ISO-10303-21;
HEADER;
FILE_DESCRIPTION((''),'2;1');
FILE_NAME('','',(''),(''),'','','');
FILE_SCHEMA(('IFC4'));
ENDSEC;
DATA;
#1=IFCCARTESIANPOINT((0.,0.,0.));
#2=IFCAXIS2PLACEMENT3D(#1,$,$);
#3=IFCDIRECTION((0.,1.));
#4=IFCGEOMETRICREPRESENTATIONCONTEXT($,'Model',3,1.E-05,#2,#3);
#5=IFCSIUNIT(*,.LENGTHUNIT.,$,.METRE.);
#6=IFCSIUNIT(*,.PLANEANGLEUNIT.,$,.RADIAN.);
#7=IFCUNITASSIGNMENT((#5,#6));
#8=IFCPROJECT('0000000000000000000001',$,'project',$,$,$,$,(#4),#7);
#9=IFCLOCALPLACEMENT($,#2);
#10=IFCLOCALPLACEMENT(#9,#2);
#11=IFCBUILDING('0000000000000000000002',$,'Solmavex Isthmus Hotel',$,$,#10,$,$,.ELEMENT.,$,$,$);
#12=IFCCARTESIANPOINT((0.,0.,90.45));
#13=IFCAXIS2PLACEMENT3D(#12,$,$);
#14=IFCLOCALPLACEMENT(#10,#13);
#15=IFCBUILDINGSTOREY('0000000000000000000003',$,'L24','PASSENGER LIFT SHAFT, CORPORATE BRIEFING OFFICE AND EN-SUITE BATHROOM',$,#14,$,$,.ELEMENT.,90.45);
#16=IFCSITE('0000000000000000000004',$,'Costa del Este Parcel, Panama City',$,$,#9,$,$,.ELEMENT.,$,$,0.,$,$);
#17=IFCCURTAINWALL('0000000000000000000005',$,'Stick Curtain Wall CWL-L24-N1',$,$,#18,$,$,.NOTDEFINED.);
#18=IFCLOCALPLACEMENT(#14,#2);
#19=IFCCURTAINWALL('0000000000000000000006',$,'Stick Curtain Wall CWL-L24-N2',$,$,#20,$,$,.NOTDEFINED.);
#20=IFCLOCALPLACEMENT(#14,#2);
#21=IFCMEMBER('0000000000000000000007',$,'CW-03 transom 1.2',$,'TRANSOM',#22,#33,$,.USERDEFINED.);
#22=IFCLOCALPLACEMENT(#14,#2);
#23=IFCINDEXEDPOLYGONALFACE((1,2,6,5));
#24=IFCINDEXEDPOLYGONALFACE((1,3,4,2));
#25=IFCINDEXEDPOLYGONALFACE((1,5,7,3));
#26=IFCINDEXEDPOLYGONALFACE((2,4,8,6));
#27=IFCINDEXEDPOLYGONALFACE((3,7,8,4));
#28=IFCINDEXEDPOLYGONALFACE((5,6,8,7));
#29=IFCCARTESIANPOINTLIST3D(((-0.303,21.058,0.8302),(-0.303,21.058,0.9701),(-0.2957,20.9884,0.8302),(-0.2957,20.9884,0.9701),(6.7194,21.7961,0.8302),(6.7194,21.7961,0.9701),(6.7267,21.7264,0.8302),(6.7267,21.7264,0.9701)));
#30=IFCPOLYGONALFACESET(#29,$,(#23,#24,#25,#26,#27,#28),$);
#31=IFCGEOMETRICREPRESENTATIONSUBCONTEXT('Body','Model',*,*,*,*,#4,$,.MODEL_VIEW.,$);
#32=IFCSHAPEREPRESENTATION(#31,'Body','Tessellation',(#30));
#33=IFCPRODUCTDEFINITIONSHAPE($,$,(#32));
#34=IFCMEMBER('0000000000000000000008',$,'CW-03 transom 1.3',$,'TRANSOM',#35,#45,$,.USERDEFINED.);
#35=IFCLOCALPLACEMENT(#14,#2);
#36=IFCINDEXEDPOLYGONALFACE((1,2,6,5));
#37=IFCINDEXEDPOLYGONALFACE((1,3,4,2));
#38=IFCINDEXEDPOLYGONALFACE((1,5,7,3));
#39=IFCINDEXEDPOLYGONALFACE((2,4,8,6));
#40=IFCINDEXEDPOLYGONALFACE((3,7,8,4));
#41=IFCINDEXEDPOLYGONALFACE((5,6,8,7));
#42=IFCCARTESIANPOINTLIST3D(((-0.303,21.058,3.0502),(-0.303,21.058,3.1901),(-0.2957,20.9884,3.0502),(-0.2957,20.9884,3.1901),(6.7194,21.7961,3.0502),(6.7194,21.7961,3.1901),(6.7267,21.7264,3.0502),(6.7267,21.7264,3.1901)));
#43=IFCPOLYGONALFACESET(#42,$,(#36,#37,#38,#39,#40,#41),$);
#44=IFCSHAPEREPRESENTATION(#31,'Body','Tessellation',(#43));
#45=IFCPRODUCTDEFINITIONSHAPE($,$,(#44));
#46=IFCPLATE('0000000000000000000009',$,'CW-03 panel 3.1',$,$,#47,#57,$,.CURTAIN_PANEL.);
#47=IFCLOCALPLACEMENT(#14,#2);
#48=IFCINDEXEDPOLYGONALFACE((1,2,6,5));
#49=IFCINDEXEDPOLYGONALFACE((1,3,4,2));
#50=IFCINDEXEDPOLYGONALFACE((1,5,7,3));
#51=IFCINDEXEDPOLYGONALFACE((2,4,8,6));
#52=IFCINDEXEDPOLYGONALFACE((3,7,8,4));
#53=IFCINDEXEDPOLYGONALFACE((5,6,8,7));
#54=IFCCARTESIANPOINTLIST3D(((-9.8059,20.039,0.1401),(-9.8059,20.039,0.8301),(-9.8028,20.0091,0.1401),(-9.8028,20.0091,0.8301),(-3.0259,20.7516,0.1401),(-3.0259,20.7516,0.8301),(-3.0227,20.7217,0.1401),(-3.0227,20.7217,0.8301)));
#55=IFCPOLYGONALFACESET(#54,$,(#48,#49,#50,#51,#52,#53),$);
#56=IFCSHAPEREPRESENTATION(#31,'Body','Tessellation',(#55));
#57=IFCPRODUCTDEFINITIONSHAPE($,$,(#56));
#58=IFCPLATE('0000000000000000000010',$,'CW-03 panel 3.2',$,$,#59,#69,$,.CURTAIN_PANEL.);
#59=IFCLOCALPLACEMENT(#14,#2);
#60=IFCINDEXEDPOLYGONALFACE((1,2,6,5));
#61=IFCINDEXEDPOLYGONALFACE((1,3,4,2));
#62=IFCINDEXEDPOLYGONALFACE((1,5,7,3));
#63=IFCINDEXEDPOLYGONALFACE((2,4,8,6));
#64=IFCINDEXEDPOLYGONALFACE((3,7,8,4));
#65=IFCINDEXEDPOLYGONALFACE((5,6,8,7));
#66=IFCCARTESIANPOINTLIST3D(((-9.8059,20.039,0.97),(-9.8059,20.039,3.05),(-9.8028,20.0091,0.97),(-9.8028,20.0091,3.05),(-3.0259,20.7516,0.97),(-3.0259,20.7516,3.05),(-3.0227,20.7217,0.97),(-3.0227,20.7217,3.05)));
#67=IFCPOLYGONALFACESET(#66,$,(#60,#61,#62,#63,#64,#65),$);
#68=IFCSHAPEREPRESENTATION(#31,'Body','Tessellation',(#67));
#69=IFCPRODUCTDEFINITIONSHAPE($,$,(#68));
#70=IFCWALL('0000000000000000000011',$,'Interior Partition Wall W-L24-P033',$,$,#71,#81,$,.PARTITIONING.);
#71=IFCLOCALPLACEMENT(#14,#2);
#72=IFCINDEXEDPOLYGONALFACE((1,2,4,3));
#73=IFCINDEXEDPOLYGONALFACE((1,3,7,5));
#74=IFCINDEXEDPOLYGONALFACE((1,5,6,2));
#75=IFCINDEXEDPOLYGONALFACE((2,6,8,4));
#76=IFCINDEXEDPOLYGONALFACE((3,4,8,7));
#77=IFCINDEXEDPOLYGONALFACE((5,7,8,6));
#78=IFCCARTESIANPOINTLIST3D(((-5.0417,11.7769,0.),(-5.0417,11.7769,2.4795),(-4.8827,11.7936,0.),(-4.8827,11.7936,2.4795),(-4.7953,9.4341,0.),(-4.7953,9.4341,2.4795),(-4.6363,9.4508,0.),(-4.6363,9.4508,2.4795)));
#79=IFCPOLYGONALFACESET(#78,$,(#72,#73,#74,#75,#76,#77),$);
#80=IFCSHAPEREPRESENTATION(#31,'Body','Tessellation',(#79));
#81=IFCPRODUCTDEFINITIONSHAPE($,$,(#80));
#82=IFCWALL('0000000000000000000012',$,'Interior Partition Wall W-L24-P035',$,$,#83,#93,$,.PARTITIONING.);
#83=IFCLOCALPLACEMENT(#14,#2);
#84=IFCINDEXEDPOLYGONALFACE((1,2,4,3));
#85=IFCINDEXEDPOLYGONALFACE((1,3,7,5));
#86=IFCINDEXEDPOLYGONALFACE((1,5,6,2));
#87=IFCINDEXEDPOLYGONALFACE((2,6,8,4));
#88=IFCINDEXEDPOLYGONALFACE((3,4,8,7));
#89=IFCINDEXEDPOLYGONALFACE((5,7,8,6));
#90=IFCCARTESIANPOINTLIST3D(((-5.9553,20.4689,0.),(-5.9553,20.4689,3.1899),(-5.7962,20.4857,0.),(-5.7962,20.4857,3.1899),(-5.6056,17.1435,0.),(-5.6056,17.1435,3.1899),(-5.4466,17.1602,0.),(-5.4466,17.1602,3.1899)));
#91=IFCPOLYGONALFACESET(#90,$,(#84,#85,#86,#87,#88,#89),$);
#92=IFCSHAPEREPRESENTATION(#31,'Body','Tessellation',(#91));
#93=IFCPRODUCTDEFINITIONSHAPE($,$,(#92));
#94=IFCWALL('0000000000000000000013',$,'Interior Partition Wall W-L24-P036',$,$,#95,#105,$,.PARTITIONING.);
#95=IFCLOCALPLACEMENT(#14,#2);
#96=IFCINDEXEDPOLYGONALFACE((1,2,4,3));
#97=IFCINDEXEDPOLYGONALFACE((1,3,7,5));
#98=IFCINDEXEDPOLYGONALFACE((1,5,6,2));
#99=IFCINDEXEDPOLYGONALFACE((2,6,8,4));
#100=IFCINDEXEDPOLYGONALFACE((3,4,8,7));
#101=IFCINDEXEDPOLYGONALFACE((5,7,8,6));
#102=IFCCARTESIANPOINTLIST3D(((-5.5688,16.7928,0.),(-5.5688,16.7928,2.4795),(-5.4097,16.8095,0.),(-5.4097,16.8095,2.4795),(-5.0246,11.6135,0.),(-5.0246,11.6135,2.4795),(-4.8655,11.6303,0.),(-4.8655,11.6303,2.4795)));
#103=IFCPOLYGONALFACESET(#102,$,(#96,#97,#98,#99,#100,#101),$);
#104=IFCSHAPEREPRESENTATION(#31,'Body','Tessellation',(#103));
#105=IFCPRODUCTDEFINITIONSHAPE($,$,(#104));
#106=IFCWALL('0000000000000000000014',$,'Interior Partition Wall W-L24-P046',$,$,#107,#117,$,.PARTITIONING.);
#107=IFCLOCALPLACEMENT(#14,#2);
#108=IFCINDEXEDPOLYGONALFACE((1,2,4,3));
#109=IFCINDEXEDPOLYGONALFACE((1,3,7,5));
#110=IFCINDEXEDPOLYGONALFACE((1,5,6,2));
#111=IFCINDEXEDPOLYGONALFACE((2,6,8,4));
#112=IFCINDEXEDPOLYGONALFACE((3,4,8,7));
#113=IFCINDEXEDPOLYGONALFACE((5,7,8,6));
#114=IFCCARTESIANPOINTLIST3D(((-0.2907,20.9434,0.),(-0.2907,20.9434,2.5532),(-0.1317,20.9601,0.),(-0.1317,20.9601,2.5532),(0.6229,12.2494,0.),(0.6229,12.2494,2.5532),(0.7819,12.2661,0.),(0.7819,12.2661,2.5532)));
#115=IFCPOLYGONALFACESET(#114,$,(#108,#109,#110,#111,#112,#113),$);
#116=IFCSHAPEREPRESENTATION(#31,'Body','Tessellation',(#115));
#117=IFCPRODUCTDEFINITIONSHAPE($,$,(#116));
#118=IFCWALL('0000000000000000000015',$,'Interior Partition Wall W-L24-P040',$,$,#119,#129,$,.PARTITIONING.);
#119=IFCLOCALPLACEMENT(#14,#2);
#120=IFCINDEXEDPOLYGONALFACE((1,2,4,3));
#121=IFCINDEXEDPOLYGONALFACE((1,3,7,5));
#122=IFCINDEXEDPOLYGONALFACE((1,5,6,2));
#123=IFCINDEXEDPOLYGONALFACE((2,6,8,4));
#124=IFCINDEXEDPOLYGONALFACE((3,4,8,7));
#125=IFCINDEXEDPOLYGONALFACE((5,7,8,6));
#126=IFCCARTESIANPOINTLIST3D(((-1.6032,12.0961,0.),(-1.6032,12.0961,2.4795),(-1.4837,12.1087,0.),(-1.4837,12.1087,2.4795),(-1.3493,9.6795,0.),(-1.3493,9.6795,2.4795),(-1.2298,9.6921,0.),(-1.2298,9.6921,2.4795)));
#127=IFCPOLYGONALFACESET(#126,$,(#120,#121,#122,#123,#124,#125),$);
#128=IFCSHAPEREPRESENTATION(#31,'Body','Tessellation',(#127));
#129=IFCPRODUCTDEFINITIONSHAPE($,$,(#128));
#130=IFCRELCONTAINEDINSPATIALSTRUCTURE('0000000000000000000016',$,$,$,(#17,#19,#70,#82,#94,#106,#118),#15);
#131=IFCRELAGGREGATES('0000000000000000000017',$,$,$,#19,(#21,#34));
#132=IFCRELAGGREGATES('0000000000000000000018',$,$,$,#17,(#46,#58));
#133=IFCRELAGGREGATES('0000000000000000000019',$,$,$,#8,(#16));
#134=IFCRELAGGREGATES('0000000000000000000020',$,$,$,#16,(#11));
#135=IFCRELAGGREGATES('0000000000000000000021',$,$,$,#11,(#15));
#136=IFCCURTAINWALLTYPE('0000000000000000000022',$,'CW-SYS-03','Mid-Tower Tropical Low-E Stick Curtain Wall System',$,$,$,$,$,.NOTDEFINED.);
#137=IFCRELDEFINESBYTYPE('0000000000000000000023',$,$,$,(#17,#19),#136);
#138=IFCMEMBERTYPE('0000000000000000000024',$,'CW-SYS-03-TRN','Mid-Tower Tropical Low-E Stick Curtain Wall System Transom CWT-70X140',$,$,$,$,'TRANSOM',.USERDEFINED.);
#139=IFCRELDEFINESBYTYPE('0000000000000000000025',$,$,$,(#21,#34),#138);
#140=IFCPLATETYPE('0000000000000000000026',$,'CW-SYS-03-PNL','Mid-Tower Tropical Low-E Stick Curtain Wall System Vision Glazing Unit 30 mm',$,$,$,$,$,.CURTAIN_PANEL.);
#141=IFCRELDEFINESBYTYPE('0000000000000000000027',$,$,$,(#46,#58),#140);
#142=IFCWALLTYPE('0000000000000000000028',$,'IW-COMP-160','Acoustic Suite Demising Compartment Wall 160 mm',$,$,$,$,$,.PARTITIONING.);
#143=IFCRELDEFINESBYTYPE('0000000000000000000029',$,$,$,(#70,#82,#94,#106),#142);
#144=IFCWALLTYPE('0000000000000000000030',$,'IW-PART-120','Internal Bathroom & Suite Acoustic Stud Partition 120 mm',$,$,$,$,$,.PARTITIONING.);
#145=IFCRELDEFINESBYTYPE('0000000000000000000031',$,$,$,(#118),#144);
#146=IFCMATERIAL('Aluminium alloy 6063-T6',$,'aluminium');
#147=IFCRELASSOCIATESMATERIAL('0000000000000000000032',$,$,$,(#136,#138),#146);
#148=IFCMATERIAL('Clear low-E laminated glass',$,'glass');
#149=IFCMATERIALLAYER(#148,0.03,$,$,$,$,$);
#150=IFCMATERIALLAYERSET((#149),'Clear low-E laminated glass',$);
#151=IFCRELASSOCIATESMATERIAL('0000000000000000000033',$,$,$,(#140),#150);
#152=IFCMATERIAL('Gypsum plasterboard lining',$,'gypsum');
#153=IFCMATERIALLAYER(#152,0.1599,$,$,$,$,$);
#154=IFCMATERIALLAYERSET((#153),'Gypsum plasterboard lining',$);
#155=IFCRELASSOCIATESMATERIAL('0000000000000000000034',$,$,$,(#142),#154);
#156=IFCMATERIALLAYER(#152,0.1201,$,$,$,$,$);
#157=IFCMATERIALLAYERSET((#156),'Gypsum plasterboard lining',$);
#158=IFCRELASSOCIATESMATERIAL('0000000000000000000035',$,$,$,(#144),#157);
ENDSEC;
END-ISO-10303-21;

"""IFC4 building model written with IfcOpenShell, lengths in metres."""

from ifc_helpers import new_model, si_unit, direction, frame, frame_2d, origin, origin_2d, place, context, subcontext, project, spatial, rectangle, extrude, material, layer, layer_set, material_profile, profile_set, type_object, element, aggregate, save


model = new_model("IFC4")

# Units and contexts
model_context = context("Model", 3, precision=1e-05, world=origin(), true_north=direction((0.0, 1.0)))
body_context = subcontext(model_context, "Body", "Model", "MODEL_VIEW")
ifc_project = project(units=[si_unit("LENGTHUNIT", "METRE"), si_unit("PLANEANGLEUNIT", "RADIAN")], contexts=[model_context])

# Site, building, storey
site_placement = place(None, origin())
site = spatial("IfcSite", under=ifc_project, at=site_placement, Name="Costa del Este Parcel, Panama City", CompositionType="ELEMENT", RefElevation=0.0)
building_placement = place(site_placement, origin())
building = spatial("IfcBuilding", under=site, at=building_placement, Name="Solmavex Isthmus Hotel", CompositionType="ELEMENT")
storey_placement = place(building_placement, frame((0.0, 0.0, 90.45)))
storey = spatial("IfcBuildingStorey", under=building, at=storey_placement, Name="L24", Description="PASSENGER LIFT SHAFT, CORPORATE BRIEFING OFFICE AND EN-SUITE BATHROOM", CompositionType="ELEMENT", Elevation=90.45)

# Curtain wall
ifc_material_1 = material(Name="Aluminium alloy 6063-T6", Category="aluminium")
curtain_wall_type = type_object("IfcCurtainWallType", Name="CW-SYS-03", Description="Mid-Tower Tropical Low-E Stick Curtain Wall System", PredefinedType="NOTDEFINED", material=ifc_material_1)
curtain_wall_1_placement = place(storey_placement, origin())
curtain_wall_1 = element("IfcCurtainWall", 1, at=curtain_wall_1_placement, inside=storey, type_object=curtain_wall_type, Name="Stick Curtain Wall CWL-L24-N1", PredefinedType="NOTDEFINED")

# Curtain wall
curtain_wall_2_placement = place(storey_placement, origin())
curtain_wall_2 = element("IfcCurtainWall", 2, at=curtain_wall_2_placement, inside=storey, type_object=curtain_wall_type, Name="Stick Curtain Wall CWL-L24-N2", PredefinedType="NOTDEFINED")

# Members
ifc_material_profile_1 = material_profile(ifc_material_1, rectangle(XDim=0.0701, YDim=0.1399, at=origin_2d()), Name="CWT-70X140")
ifc_profile_set_1 = profile_set([ifc_material_profile_1], Name="Aluminium alloy 6063-T6")
member_type_1 = type_object("IfcMemberType", Name="CW-SYS-03-TRN", Description="Mid-Tower Tropical Low-E Stick Curtain Wall System Transom CWT-70X140", ElementType="TRANSOM", PredefinedType="USERDEFINED", material=ifc_profile_set_1)
member_1_placement = place(storey_placement, frame((-0.2993, 21.0232, 0.9001), z_axis=(0.994523, 0.104521, 0.0), x_axis=(-0.104521, 0.994523, 0.0)))
member_1 = element("IfcMember", 3, at=member_1_placement, type_object=member_type_1, Name="CW-03 transom 1.2", ObjectType="TRANSOM", PredefinedType="USERDEFINED", context=body_context, shape_type="SweptSolid", body=[
    extrude(rectangle(XDim=0.0701, YDim=0.1399, at=origin_2d()), origin(), (0.0, 0.0, 1.0), 7.061),
])
member_2_placement = place(storey_placement, frame((-0.2993, 21.0232, 3.1201), z_axis=(0.994523, 0.104521, 0.0), x_axis=(-0.104521, 0.994523, 0.0)))
member_2 = element("IfcMember", 4, at=member_2_placement, type_object=member_type_1, Name="CW-03 transom 1.3", ObjectType="TRANSOM", PredefinedType="USERDEFINED", context=body_context, shape_type="SweptSolid", body=[
    extrude(rectangle(XDim=0.0701, YDim=0.1399, at=origin_2d()), origin(), (0.0, 0.0, 1.0), 7.061),
])
aggregate(curtain_wall_2, [member_1, member_2])

# Plates
ifc_material_2 = material(Name="Clear low-E laminated glass", Category="glass")
ifc_layer_1 = layer(ifc_material_2, 0.03)
ifc_layer_set_1 = layer_set([ifc_layer_1], Name="Clear low-E laminated glass")
plate_type = type_object("IfcPlateType", Name="CW-SYS-03-PNL", Description="Mid-Tower Tropical Low-E Stick Curtain Wall System Vision Glazing Unit 30 mm", PredefinedType="CURTAIN_PANEL", material=ifc_layer_set_1)
plate_1_placement = place(storey_placement, frame((-6.4143, 20.3804, 0.1401), z_axis=(0.0, 0.0, 1.0), x_axis=(0.994522, 0.104528, 0.0)))
plate_1 = element("IfcPlate", 5, at=plate_1_placement, type_object=plate_type, Name="CW-03 panel 3.1", PredefinedType="CURTAIN_PANEL", context=body_context, shape_type="SweptSolid", body=[
    extrude(rectangle(XDim=6.8174, YDim=0.03, at=origin_2d()), origin(), (0.0, 0.0, 1.0), 0.6899),
])
plate_2_placement = place(storey_placement, frame((-6.4143, 20.3804, 0.97), z_axis=(0.0, 0.0, 1.0), x_axis=(0.994522, 0.104528, 0.0)))
plate_2 = element("IfcPlate", 6, at=plate_2_placement, type_object=plate_type, Name="CW-03 panel 3.2", PredefinedType="CURTAIN_PANEL", context=body_context, shape_type="SweptSolid", body=[
    extrude(rectangle(XDim=6.8174, YDim=0.03, at=origin_2d()), origin(), (0.0, 0.0, 1.0), 2.0801),
])
aggregate(curtain_wall_1, [plate_1, plate_2])

# Walls
ifc_material_3 = material(Name="Gypsum plasterboard lining", Category="gypsum")
ifc_layer_2 = layer(ifc_material_3, 0.1599)
ifc_layer_set_2 = layer_set([ifc_layer_2], Name="Gypsum plasterboard lining")
wall_type_1 = type_object("IfcWallType", Name="IW-COMP-160", Description="Acoustic Suite Demising Compartment Wall 160 mm", PredefinedType="PARTITIONING", material=ifc_layer_set_2)
wall_1_placement = place(storey_placement, frame((-4.9622, 11.7852, 0.0), z_axis=(0.0, 0.0, 1.0), x_axis=(0.104571, -0.994517, 0.0)))
element("IfcWall", 7, at=wall_1_placement, inside=storey, type_object=wall_type_1, Name="Interior Partition Wall W-L24-P033", PredefinedType="PARTITIONING", context=body_context, shape_type="SweptSolid", body=[
    extrude(rectangle(XDim=2.3557, YDim=0.1599, at=frame_2d((1.1777, 0.0))), origin(), (0.0, 0.0, 1.0), 2.4795),
])
wall_2_placement = place(storey_placement, frame((-5.8757, 20.4773, 0.0), z_axis=(0.0, 0.0, 1.0), x_axis=(0.104556, -0.994519, 0.0)))
element("IfcWall", 8, at=wall_2_placement, inside=storey, type_object=wall_type_1, Name="Interior Partition Wall W-L24-P035", PredefinedType="PARTITIONING", context=body_context, shape_type="SweptSolid", body=[
    extrude(rectangle(XDim=3.3438, YDim=0.1599, at=frame_2d((1.6719, 0.0))), origin(), (0.0, 0.0, 1.0), 3.1899),
])
wall_3_placement = place(storey_placement, frame((-5.4893, 16.8013, 0.0), z_axis=(0.0, 0.0, 1.0), x_axis=(0.104497, -0.994525, 0.0)))
element("IfcWall", 9, at=wall_3_placement, inside=storey, type_object=wall_type_1, Name="Interior Partition Wall W-L24-P036", PredefinedType="PARTITIONING", context=body_context, shape_type="SweptSolid", body=[
    extrude(rectangle(XDim=5.2078, YDim=0.1599, at=frame_2d((2.604, 0.0))), origin(), (0.0, 0.0, 1.0), 2.4795),
])

# Walls
wall_4_placement = place(storey_placement, frame((-0.2112, 20.9519, 0.0), z_axis=(0.0, 0.0, 1.0), x_axis=(0.104505, -0.994524, 0.0)))
element("IfcWall", 10, at=wall_4_placement, inside=storey, type_object=wall_type_1, Name="Interior Partition Wall W-L24-P046", PredefinedType="PARTITIONING", context=body_context, shape_type="SweptSolid", body=[
    extrude(rectangle(XDim=8.7419, YDim=0.1599, at=frame_2d((4.3711, 0.0))), origin(), (0.0, 0.0, 1.0), 2.5532),
])
ifc_layer_3 = layer(ifc_material_3, 0.1201)
ifc_layer_set_3 = layer_set([ifc_layer_3], Name="Gypsum plasterboard lining")
wall_type_2 = type_object("IfcWallType", Name="IW-PART-120", Description="Internal Bathroom & Suite Acoustic Stud Partition 120 mm", PredefinedType="PARTITIONING", material=ifc_layer_set_3)
wall_5_placement = place(storey_placement, frame((-1.5435, 12.1023, 0.0), z_axis=(0.0, 0.0, 1.0), x_axis=(0.104486, -0.994526, 0.0)))
element("IfcWall", 11, at=wall_5_placement, inside=storey, type_object=wall_type_2, Name="Interior Partition Wall W-L24-P040", PredefinedType="PARTITIONING", context=body_context, shape_type="SweptSolid", body=[
    extrude(rectangle(XDim=2.4299, YDim=0.1201, at=frame_2d((1.2148, 0.0))), origin(), (0.0, 0.0, 1.0), 2.4795),
])

save(model, "model.ifc")
